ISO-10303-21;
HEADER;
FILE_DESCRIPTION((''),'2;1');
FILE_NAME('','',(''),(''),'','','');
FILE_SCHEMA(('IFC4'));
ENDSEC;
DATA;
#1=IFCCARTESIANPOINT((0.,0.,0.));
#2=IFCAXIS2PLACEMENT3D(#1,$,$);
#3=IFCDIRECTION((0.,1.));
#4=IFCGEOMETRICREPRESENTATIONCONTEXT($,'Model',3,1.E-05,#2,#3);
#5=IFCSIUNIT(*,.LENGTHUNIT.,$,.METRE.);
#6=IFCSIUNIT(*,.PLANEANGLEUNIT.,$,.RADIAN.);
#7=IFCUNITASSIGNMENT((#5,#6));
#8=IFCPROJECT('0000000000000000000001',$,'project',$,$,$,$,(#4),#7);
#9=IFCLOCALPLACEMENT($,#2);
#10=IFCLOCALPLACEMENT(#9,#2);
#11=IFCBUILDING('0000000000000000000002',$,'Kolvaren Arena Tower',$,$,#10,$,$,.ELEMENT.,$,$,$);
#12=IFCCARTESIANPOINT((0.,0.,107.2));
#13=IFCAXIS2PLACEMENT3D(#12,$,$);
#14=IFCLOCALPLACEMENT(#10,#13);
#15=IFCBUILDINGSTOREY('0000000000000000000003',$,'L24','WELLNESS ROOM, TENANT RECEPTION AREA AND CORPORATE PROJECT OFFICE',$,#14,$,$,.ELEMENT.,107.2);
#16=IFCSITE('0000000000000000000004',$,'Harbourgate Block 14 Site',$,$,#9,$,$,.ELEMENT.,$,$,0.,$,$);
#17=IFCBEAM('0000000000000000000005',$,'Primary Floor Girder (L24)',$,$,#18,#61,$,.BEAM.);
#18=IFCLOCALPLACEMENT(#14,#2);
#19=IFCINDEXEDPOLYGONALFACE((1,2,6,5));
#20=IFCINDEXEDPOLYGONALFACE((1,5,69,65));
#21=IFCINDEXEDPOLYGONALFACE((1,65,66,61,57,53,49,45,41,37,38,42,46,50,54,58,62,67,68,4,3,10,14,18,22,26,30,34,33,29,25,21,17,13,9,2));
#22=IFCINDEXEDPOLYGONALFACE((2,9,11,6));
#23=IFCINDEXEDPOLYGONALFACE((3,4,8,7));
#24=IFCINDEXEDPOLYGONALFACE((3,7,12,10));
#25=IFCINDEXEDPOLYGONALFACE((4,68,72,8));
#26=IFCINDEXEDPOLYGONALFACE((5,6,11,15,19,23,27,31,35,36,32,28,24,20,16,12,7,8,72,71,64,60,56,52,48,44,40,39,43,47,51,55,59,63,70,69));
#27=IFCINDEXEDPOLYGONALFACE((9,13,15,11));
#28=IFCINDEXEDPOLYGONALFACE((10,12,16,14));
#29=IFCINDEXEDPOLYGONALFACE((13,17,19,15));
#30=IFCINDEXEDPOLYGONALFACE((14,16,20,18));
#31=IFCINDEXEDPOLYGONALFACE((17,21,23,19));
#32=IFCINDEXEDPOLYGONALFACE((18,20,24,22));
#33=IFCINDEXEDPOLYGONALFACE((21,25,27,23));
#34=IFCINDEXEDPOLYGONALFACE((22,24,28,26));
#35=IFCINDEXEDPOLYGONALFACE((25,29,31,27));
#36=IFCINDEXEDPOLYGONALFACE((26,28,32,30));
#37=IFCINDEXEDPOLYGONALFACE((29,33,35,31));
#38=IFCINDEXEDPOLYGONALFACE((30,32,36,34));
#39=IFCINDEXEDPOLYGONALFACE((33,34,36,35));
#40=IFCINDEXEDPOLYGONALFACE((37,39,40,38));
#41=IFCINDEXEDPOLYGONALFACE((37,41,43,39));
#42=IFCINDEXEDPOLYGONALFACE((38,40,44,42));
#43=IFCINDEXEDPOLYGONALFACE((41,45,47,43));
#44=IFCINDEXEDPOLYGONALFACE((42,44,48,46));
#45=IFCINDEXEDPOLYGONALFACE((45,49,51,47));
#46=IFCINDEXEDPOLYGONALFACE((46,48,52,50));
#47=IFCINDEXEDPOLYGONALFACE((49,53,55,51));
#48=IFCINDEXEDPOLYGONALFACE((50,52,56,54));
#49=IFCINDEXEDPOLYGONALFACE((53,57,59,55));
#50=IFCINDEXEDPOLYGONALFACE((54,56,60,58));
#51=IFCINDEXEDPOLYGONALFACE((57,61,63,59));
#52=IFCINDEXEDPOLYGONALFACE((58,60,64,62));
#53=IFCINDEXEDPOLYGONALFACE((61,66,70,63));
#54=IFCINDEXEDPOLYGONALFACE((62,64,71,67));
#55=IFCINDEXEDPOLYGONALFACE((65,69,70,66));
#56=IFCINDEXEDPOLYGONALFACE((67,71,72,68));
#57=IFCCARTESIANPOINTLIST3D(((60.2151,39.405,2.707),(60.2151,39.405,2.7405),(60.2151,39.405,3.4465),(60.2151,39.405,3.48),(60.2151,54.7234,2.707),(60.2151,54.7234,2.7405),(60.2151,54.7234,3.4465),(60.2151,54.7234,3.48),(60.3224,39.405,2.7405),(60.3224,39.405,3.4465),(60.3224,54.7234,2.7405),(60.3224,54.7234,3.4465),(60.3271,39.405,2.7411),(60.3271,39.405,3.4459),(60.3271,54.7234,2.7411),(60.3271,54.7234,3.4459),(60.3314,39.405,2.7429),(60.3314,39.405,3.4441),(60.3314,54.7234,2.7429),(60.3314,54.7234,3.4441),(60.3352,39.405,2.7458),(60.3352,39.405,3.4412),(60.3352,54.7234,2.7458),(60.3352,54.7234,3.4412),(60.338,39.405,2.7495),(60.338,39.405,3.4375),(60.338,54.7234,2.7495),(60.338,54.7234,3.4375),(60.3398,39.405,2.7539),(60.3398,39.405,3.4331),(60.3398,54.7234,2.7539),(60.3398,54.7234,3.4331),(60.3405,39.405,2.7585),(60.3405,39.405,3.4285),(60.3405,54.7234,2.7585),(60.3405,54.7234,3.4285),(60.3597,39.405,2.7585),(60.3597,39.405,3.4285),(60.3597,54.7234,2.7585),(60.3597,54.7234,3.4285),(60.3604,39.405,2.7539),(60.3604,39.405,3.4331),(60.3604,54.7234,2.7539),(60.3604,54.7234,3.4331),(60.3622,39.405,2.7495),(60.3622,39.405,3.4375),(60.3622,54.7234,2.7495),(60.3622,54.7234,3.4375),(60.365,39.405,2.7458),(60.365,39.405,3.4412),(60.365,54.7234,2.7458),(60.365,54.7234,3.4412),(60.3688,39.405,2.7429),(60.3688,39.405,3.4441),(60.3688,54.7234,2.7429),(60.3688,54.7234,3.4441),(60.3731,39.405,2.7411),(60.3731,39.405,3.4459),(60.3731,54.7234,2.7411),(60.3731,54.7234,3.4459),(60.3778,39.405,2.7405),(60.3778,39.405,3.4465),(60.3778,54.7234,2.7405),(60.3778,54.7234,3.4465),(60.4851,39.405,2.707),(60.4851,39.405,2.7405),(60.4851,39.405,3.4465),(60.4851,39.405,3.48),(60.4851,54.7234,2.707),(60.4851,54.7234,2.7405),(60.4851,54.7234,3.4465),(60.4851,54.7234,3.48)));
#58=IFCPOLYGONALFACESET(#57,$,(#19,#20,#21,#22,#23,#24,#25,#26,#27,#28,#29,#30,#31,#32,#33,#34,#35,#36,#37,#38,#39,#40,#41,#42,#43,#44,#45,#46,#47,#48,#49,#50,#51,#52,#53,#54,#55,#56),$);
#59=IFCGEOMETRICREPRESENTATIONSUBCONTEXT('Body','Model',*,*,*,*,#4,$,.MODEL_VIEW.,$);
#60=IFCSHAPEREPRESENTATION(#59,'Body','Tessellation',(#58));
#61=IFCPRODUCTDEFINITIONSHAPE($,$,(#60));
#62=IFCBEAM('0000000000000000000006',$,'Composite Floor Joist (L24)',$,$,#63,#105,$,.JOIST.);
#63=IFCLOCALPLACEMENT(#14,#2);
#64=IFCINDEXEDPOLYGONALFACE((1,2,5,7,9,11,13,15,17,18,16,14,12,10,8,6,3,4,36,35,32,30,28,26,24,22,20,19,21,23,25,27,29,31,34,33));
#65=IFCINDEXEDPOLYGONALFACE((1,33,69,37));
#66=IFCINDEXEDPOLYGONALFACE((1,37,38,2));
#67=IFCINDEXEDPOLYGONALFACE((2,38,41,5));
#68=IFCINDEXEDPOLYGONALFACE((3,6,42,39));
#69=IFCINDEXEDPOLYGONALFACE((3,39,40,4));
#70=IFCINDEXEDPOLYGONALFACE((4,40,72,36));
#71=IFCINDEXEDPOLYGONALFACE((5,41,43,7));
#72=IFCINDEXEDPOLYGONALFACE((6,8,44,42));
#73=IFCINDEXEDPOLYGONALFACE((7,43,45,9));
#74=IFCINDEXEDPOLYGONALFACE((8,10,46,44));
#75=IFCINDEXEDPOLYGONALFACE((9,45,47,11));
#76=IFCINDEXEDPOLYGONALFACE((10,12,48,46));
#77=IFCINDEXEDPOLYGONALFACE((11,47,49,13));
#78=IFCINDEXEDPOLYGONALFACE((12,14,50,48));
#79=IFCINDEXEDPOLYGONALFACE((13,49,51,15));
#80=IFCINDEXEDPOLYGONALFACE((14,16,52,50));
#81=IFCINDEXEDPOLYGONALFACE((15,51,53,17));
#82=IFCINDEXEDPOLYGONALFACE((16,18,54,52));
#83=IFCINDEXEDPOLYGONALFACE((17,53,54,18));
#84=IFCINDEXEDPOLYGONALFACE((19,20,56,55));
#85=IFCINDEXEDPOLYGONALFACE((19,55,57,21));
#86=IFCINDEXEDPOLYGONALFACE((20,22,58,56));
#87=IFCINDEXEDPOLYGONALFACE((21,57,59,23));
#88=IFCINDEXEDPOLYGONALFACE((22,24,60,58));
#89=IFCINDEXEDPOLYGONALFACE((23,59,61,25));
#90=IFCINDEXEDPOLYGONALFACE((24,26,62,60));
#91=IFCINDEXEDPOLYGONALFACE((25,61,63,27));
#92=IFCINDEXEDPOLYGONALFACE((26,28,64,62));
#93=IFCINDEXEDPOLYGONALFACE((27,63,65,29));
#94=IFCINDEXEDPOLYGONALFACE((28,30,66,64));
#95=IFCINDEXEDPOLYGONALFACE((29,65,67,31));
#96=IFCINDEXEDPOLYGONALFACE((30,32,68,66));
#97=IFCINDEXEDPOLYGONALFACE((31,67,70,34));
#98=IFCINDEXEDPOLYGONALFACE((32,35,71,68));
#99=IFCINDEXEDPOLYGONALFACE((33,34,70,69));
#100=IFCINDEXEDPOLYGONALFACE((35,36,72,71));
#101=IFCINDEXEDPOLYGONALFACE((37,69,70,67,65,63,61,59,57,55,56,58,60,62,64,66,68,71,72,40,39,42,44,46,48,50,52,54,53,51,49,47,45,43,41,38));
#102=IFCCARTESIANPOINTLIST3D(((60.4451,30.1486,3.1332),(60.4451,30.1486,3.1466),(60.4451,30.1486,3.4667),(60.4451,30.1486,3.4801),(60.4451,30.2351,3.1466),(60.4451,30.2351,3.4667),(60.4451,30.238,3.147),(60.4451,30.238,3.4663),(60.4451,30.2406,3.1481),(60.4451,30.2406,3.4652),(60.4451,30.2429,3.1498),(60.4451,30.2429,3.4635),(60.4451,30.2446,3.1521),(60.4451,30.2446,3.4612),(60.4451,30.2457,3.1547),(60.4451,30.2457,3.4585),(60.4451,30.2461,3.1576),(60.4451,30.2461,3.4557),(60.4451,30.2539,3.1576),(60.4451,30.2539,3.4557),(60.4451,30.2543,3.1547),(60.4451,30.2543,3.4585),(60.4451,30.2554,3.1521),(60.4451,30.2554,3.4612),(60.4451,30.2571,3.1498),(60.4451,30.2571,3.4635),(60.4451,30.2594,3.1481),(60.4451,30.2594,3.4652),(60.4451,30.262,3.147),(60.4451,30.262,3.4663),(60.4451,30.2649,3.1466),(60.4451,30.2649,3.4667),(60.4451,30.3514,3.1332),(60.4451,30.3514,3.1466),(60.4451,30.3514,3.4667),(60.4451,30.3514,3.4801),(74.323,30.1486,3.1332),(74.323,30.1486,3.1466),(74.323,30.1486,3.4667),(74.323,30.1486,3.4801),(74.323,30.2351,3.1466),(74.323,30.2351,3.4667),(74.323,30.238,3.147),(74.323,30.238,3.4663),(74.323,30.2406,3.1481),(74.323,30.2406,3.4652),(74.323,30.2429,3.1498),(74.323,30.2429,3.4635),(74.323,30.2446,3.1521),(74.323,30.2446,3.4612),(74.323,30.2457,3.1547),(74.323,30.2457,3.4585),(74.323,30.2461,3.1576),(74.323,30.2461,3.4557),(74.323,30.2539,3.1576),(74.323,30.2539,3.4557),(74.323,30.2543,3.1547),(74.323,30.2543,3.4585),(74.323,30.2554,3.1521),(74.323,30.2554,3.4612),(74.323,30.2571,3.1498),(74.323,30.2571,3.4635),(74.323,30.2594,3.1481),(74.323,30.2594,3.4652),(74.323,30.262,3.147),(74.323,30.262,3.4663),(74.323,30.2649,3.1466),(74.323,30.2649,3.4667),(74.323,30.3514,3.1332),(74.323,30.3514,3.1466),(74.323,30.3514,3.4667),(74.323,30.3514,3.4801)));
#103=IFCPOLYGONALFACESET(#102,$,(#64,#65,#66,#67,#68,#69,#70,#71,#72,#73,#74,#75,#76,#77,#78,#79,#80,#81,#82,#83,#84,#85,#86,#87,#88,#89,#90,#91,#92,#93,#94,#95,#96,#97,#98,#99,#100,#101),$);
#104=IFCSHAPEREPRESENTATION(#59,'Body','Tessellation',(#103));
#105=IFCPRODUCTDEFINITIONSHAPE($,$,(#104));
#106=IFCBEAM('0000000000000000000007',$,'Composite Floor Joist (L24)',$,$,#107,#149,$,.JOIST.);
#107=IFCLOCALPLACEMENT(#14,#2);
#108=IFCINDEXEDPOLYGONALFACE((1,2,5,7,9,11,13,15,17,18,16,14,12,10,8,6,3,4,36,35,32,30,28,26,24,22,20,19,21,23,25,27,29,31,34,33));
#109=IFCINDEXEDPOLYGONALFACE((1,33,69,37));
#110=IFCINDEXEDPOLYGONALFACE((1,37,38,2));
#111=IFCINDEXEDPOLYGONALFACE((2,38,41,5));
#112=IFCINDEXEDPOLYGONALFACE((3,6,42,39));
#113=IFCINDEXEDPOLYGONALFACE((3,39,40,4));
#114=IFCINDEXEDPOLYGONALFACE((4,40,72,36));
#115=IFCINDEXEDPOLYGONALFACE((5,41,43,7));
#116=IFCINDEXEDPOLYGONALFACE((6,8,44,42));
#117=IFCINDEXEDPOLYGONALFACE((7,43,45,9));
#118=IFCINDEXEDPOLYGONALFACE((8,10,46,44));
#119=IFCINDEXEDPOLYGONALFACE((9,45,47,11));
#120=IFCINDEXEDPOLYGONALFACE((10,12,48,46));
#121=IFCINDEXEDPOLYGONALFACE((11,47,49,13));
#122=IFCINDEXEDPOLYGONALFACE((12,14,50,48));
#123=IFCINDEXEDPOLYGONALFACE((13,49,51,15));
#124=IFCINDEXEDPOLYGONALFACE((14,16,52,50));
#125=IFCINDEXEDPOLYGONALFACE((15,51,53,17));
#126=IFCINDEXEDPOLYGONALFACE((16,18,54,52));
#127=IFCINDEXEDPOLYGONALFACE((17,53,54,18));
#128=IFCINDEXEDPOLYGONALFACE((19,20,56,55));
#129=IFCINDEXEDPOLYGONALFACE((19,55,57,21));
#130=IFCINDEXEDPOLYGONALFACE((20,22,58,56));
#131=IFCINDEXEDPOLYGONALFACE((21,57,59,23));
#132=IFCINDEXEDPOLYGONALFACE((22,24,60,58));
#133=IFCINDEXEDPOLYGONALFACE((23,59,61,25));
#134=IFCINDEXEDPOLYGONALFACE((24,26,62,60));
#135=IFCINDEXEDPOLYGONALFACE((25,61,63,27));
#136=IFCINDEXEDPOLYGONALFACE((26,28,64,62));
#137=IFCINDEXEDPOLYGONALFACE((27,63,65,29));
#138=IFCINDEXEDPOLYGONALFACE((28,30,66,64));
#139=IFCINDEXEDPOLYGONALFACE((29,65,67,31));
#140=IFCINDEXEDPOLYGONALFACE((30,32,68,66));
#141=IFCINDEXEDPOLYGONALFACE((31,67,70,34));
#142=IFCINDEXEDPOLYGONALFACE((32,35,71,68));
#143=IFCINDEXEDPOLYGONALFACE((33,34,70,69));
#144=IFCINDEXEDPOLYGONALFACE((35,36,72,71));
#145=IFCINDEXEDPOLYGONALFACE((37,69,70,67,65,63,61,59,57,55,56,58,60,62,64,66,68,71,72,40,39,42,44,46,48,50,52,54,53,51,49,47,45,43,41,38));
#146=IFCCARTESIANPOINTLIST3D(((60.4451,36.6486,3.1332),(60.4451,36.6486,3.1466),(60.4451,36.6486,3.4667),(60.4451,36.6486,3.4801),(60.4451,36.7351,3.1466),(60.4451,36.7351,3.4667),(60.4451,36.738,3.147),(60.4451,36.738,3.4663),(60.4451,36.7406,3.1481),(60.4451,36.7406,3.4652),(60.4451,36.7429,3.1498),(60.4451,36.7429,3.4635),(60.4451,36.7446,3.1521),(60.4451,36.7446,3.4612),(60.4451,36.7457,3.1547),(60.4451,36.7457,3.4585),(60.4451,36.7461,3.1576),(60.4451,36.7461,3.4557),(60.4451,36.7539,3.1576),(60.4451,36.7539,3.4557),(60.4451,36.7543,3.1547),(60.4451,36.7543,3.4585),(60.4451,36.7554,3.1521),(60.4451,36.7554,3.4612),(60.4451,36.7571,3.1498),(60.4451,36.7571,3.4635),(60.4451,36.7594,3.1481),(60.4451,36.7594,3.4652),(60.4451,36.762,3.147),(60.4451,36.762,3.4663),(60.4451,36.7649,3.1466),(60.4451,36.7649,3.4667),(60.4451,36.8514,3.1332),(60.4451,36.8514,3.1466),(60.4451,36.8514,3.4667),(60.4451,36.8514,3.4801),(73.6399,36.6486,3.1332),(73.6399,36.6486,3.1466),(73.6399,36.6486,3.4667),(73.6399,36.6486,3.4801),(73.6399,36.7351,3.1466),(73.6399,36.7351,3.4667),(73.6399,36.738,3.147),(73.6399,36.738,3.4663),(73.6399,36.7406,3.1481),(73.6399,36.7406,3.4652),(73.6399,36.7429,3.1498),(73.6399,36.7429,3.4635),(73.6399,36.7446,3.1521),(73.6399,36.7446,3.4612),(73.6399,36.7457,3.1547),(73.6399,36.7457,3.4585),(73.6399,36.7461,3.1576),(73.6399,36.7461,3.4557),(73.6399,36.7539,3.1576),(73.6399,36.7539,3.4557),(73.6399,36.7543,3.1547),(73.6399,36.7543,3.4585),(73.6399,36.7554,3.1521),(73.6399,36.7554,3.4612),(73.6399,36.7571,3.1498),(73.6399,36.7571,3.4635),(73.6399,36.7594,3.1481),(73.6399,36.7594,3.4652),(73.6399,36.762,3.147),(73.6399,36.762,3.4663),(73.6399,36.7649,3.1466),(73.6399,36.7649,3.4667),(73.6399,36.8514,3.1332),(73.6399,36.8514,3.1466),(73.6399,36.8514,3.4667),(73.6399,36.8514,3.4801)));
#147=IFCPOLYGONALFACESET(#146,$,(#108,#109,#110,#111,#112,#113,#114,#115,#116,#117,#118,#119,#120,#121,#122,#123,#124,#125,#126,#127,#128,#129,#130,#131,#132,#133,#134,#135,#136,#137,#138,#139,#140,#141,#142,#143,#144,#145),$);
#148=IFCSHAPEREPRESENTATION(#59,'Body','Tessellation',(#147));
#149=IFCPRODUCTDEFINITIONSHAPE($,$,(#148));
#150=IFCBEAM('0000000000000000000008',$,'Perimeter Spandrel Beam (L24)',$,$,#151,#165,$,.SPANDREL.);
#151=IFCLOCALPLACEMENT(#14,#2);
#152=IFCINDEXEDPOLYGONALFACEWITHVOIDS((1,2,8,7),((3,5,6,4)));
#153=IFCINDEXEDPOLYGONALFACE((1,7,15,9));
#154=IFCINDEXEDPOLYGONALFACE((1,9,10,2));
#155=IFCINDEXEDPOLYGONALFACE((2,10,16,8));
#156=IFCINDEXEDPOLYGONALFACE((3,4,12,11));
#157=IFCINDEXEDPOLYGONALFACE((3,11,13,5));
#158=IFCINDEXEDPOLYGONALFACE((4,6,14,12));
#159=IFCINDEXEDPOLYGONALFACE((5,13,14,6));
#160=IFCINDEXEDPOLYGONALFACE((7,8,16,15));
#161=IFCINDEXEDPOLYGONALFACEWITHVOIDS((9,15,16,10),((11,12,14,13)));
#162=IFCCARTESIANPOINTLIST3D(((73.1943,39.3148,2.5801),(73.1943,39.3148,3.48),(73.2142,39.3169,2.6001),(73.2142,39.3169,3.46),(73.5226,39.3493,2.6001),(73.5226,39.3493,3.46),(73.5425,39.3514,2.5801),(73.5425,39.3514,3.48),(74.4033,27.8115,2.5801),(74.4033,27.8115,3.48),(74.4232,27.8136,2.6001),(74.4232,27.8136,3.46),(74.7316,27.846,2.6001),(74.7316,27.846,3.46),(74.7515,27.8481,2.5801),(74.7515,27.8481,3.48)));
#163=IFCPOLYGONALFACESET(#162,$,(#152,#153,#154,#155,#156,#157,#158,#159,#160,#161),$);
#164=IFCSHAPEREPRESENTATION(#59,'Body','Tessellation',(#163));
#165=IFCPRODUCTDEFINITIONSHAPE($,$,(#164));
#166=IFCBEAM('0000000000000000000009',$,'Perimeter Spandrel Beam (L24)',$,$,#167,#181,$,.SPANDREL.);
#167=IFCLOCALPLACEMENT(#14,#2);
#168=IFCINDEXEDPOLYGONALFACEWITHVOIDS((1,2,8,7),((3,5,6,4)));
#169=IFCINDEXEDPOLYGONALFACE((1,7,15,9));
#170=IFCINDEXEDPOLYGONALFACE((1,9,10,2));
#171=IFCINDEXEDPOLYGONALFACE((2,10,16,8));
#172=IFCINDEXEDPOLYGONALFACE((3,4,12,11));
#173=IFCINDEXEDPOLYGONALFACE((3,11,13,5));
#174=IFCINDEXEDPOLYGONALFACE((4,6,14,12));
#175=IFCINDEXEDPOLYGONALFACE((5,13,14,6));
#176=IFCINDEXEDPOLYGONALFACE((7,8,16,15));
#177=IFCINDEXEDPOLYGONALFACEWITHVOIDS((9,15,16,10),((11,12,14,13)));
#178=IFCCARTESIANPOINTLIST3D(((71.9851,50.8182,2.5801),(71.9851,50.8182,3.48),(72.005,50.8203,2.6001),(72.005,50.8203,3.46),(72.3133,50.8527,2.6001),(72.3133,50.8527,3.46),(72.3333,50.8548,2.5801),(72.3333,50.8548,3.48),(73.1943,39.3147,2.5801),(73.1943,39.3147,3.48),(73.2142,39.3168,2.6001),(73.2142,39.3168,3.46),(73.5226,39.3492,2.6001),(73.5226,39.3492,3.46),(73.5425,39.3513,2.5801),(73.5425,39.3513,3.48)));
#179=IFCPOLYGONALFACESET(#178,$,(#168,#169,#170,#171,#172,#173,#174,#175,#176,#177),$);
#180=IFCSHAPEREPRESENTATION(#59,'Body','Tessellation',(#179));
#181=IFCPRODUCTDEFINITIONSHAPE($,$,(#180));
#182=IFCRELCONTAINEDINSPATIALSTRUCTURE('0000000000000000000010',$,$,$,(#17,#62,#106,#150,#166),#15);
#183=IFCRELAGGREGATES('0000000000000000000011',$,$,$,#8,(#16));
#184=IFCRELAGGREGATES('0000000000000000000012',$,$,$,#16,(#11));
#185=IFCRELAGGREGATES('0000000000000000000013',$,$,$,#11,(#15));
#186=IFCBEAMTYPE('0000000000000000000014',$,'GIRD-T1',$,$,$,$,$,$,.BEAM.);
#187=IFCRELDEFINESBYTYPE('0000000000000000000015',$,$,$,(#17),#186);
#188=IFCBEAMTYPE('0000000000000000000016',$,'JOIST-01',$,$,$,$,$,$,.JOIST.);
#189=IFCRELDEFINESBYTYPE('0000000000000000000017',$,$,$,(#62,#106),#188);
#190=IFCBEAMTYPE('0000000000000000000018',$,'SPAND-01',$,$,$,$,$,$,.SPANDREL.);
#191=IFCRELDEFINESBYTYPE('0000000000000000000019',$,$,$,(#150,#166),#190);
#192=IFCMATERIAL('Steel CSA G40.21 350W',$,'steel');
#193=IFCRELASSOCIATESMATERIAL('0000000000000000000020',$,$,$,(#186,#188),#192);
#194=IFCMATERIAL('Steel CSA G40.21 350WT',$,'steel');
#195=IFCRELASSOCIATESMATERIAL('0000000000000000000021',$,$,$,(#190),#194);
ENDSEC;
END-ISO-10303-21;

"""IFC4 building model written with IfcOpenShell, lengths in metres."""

from ifc_helpers import new_model, si_unit, direction, frame, origin, origin_2d, place, context, subcontext, project, spatial, hollow_rectangle, i_section, extrude, material, material_profile, profile_set, type_object, element, save


model = new_model("IFC4")

# Units and contexts
model_context = context("Model", 3, precision=1e-05, world=origin(), true_north=direction((0.0, 1.0)))
body_context = subcontext(model_context, "Body", "Model", "MODEL_VIEW")
ifc_project = project(units=[si_unit("LENGTHUNIT", "METRE"), si_unit("PLANEANGLEUNIT", "RADIAN")], contexts=[model_context])

# Site, building, storey
site_placement = place(None, origin())
site = spatial("IfcSite", under=ifc_project, at=site_placement, Name="Harbourgate Block 14 Site", CompositionType="ELEMENT", RefElevation=0.0)
building_placement = place(site_placement, origin())
building = spatial("IfcBuilding", under=site, at=building_placement, Name="Kolvaren Arena Tower", CompositionType="ELEMENT")
storey_placement = place(building_placement, frame((0.0, 0.0, 107.2)))
storey = spatial("IfcBuildingStorey", under=building, at=storey_placement, Name="L24", Description="WELLNESS ROOM, TENANT RECEPTION AREA AND CORPORATE PROJECT OFFICE", CompositionType="ELEMENT", Elevation=107.2)

# Beams
ifc_material_1 = material(Name="Steel CSA G40.21 350W", Category="steel")
ifc_material_profile_1 = material_profile(ifc_material_1, i_section(OverallWidth=0.27, OverallDepth=0.7729, WebThickness=0.0193, FlangeThickness=0.0334, FilletRadius=0.0181, at=origin_2d()), Name="W760x257")
ifc_profile_set_1 = profile_set([ifc_material_profile_1], Name="Steel CSA G40.21 350W")
beam_type_1 = type_object("IfcBeamType", Name="GIRD-T1", PredefinedType="BEAM", material=ifc_profile_set_1)
beam_1_placement = place(storey_placement, frame((60.3501, 39.405, 3.0935), z_axis=(0.0, 1.0, 0.0), x_axis=(-1.0, 0.0, 0.0)))
element("IfcBeam", 1, at=beam_1_placement, inside=storey, type_object=beam_type_1, Name="Primary Floor Girder (L24)", PredefinedType="BEAM", context=body_context, shape_type="SweptSolid", body=[
    extrude(i_section(OverallWidth=0.27, OverallDepth=0.7729, WebThickness=0.0193, FlangeThickness=0.0334, FilletRadius=0.0181, at=origin_2d()), origin(), (0.0, 0.0, 1.0), 15.3184),
])
ifc_material_profile_2 = material_profile(ifc_material_1, i_section(OverallWidth=0.2029, OverallDepth=0.3469, WebThickness=0.0078, FlangeThickness=0.0134, FilletRadius=0.011, at=origin_2d()), Name="W360x64")
ifc_profile_set_2 = profile_set([ifc_material_profile_2], Name="Steel CSA G40.21 350W")
beam_type_2 = type_object("IfcBeamType", Name="JOIST-01", PredefinedType="JOIST", material=ifc_profile_set_2)
beam_2_placement = place(storey_placement, frame((60.4451, 30.25, 3.3066), z_axis=(1.0, 0.0, 0.0), x_axis=(0.0, 1.0, 0.0)))
element("IfcBeam", 2, at=beam_2_placement, inside=storey, type_object=beam_type_2, Name="Composite Floor Joist (L24)", PredefinedType="JOIST", context=body_context, shape_type="SweptSolid", body=[
    extrude(i_section(OverallWidth=0.2029, OverallDepth=0.3469, WebThickness=0.0078, FlangeThickness=0.0134, FilletRadius=0.011, at=origin_2d()), origin(), (0.0, 0.0, 1.0), 13.8779),
])
beam_3_placement = place(storey_placement, frame((60.4451, 36.75, 3.3066), z_axis=(1.0, 0.0, 0.0), x_axis=(0.0, 1.0, 0.0)))
element("IfcBeam", 3, at=beam_3_placement, inside=storey, type_object=beam_type_2, Name="Composite Floor Joist (L24)", PredefinedType="JOIST", context=body_context, shape_type="SweptSolid", body=[
    extrude(i_section(OverallWidth=0.2029, OverallDepth=0.3469, WebThickness=0.0078, FlangeThickness=0.0134, FilletRadius=0.011, at=origin_2d()), origin(), (0.0, 0.0, 1.0), 13.1948),
])
ifc_material_2 = material(Name="Steel CSA G40.21 350WT", Category="steel")
ifc_material_profile_3 = material_profile(ifc_material_2, hollow_rectangle(XDim=0.3501, YDim=0.8999, WallThickness=0.02, at=origin_2d()), Name="HSS 900x350x20")
ifc_profile_set_3 = profile_set([ifc_material_profile_3], Name="Steel CSA G40.21 350WT")
beam_type_3 = type_object("IfcBeamType", Name="SPAND-01", PredefinedType="SPANDREL", material=ifc_profile_set_3)
beam_4_placement = place(storey_placement, frame((74.5774, 27.8298, 3.03), z_axis=(-0.104524, 0.994522, 0.0), x_axis=(-0.994522, -0.104524, 0.0)))
element("IfcBeam", 4, at=beam_4_placement, inside=storey, type_object=beam_type_3, Name="Perimeter Spandrel Beam (L24)", PredefinedType="SPANDREL", context=body_context, shape_type="SweptSolid", body=[
    extrude(hollow_rectangle(XDim=0.3501, YDim=0.8999, WallThickness=0.02, at=origin_2d()), origin(), (0.0, 0.0, 1.0), 11.5667),
])
beam_5_placement = place(storey_placement, frame((73.3684, 39.333, 3.03), z_axis=(-0.104543, 0.99452, 0.0), x_axis=(-0.99452, -0.104543, 0.0)))
element("IfcBeam", 5, at=beam_5_placement, inside=storey, type_object=beam_type_3, Name="Perimeter Spandrel Beam (L24)", PredefinedType="SPANDREL", context=body_context, shape_type="SweptSolid", body=[
    extrude(hollow_rectangle(XDim=0.3501, YDim=0.8999, WallThickness=0.02, at=origin_2d()), origin(), (0.0, 0.0, 1.0), 11.5669),
])

save(model, "model.ifc")
